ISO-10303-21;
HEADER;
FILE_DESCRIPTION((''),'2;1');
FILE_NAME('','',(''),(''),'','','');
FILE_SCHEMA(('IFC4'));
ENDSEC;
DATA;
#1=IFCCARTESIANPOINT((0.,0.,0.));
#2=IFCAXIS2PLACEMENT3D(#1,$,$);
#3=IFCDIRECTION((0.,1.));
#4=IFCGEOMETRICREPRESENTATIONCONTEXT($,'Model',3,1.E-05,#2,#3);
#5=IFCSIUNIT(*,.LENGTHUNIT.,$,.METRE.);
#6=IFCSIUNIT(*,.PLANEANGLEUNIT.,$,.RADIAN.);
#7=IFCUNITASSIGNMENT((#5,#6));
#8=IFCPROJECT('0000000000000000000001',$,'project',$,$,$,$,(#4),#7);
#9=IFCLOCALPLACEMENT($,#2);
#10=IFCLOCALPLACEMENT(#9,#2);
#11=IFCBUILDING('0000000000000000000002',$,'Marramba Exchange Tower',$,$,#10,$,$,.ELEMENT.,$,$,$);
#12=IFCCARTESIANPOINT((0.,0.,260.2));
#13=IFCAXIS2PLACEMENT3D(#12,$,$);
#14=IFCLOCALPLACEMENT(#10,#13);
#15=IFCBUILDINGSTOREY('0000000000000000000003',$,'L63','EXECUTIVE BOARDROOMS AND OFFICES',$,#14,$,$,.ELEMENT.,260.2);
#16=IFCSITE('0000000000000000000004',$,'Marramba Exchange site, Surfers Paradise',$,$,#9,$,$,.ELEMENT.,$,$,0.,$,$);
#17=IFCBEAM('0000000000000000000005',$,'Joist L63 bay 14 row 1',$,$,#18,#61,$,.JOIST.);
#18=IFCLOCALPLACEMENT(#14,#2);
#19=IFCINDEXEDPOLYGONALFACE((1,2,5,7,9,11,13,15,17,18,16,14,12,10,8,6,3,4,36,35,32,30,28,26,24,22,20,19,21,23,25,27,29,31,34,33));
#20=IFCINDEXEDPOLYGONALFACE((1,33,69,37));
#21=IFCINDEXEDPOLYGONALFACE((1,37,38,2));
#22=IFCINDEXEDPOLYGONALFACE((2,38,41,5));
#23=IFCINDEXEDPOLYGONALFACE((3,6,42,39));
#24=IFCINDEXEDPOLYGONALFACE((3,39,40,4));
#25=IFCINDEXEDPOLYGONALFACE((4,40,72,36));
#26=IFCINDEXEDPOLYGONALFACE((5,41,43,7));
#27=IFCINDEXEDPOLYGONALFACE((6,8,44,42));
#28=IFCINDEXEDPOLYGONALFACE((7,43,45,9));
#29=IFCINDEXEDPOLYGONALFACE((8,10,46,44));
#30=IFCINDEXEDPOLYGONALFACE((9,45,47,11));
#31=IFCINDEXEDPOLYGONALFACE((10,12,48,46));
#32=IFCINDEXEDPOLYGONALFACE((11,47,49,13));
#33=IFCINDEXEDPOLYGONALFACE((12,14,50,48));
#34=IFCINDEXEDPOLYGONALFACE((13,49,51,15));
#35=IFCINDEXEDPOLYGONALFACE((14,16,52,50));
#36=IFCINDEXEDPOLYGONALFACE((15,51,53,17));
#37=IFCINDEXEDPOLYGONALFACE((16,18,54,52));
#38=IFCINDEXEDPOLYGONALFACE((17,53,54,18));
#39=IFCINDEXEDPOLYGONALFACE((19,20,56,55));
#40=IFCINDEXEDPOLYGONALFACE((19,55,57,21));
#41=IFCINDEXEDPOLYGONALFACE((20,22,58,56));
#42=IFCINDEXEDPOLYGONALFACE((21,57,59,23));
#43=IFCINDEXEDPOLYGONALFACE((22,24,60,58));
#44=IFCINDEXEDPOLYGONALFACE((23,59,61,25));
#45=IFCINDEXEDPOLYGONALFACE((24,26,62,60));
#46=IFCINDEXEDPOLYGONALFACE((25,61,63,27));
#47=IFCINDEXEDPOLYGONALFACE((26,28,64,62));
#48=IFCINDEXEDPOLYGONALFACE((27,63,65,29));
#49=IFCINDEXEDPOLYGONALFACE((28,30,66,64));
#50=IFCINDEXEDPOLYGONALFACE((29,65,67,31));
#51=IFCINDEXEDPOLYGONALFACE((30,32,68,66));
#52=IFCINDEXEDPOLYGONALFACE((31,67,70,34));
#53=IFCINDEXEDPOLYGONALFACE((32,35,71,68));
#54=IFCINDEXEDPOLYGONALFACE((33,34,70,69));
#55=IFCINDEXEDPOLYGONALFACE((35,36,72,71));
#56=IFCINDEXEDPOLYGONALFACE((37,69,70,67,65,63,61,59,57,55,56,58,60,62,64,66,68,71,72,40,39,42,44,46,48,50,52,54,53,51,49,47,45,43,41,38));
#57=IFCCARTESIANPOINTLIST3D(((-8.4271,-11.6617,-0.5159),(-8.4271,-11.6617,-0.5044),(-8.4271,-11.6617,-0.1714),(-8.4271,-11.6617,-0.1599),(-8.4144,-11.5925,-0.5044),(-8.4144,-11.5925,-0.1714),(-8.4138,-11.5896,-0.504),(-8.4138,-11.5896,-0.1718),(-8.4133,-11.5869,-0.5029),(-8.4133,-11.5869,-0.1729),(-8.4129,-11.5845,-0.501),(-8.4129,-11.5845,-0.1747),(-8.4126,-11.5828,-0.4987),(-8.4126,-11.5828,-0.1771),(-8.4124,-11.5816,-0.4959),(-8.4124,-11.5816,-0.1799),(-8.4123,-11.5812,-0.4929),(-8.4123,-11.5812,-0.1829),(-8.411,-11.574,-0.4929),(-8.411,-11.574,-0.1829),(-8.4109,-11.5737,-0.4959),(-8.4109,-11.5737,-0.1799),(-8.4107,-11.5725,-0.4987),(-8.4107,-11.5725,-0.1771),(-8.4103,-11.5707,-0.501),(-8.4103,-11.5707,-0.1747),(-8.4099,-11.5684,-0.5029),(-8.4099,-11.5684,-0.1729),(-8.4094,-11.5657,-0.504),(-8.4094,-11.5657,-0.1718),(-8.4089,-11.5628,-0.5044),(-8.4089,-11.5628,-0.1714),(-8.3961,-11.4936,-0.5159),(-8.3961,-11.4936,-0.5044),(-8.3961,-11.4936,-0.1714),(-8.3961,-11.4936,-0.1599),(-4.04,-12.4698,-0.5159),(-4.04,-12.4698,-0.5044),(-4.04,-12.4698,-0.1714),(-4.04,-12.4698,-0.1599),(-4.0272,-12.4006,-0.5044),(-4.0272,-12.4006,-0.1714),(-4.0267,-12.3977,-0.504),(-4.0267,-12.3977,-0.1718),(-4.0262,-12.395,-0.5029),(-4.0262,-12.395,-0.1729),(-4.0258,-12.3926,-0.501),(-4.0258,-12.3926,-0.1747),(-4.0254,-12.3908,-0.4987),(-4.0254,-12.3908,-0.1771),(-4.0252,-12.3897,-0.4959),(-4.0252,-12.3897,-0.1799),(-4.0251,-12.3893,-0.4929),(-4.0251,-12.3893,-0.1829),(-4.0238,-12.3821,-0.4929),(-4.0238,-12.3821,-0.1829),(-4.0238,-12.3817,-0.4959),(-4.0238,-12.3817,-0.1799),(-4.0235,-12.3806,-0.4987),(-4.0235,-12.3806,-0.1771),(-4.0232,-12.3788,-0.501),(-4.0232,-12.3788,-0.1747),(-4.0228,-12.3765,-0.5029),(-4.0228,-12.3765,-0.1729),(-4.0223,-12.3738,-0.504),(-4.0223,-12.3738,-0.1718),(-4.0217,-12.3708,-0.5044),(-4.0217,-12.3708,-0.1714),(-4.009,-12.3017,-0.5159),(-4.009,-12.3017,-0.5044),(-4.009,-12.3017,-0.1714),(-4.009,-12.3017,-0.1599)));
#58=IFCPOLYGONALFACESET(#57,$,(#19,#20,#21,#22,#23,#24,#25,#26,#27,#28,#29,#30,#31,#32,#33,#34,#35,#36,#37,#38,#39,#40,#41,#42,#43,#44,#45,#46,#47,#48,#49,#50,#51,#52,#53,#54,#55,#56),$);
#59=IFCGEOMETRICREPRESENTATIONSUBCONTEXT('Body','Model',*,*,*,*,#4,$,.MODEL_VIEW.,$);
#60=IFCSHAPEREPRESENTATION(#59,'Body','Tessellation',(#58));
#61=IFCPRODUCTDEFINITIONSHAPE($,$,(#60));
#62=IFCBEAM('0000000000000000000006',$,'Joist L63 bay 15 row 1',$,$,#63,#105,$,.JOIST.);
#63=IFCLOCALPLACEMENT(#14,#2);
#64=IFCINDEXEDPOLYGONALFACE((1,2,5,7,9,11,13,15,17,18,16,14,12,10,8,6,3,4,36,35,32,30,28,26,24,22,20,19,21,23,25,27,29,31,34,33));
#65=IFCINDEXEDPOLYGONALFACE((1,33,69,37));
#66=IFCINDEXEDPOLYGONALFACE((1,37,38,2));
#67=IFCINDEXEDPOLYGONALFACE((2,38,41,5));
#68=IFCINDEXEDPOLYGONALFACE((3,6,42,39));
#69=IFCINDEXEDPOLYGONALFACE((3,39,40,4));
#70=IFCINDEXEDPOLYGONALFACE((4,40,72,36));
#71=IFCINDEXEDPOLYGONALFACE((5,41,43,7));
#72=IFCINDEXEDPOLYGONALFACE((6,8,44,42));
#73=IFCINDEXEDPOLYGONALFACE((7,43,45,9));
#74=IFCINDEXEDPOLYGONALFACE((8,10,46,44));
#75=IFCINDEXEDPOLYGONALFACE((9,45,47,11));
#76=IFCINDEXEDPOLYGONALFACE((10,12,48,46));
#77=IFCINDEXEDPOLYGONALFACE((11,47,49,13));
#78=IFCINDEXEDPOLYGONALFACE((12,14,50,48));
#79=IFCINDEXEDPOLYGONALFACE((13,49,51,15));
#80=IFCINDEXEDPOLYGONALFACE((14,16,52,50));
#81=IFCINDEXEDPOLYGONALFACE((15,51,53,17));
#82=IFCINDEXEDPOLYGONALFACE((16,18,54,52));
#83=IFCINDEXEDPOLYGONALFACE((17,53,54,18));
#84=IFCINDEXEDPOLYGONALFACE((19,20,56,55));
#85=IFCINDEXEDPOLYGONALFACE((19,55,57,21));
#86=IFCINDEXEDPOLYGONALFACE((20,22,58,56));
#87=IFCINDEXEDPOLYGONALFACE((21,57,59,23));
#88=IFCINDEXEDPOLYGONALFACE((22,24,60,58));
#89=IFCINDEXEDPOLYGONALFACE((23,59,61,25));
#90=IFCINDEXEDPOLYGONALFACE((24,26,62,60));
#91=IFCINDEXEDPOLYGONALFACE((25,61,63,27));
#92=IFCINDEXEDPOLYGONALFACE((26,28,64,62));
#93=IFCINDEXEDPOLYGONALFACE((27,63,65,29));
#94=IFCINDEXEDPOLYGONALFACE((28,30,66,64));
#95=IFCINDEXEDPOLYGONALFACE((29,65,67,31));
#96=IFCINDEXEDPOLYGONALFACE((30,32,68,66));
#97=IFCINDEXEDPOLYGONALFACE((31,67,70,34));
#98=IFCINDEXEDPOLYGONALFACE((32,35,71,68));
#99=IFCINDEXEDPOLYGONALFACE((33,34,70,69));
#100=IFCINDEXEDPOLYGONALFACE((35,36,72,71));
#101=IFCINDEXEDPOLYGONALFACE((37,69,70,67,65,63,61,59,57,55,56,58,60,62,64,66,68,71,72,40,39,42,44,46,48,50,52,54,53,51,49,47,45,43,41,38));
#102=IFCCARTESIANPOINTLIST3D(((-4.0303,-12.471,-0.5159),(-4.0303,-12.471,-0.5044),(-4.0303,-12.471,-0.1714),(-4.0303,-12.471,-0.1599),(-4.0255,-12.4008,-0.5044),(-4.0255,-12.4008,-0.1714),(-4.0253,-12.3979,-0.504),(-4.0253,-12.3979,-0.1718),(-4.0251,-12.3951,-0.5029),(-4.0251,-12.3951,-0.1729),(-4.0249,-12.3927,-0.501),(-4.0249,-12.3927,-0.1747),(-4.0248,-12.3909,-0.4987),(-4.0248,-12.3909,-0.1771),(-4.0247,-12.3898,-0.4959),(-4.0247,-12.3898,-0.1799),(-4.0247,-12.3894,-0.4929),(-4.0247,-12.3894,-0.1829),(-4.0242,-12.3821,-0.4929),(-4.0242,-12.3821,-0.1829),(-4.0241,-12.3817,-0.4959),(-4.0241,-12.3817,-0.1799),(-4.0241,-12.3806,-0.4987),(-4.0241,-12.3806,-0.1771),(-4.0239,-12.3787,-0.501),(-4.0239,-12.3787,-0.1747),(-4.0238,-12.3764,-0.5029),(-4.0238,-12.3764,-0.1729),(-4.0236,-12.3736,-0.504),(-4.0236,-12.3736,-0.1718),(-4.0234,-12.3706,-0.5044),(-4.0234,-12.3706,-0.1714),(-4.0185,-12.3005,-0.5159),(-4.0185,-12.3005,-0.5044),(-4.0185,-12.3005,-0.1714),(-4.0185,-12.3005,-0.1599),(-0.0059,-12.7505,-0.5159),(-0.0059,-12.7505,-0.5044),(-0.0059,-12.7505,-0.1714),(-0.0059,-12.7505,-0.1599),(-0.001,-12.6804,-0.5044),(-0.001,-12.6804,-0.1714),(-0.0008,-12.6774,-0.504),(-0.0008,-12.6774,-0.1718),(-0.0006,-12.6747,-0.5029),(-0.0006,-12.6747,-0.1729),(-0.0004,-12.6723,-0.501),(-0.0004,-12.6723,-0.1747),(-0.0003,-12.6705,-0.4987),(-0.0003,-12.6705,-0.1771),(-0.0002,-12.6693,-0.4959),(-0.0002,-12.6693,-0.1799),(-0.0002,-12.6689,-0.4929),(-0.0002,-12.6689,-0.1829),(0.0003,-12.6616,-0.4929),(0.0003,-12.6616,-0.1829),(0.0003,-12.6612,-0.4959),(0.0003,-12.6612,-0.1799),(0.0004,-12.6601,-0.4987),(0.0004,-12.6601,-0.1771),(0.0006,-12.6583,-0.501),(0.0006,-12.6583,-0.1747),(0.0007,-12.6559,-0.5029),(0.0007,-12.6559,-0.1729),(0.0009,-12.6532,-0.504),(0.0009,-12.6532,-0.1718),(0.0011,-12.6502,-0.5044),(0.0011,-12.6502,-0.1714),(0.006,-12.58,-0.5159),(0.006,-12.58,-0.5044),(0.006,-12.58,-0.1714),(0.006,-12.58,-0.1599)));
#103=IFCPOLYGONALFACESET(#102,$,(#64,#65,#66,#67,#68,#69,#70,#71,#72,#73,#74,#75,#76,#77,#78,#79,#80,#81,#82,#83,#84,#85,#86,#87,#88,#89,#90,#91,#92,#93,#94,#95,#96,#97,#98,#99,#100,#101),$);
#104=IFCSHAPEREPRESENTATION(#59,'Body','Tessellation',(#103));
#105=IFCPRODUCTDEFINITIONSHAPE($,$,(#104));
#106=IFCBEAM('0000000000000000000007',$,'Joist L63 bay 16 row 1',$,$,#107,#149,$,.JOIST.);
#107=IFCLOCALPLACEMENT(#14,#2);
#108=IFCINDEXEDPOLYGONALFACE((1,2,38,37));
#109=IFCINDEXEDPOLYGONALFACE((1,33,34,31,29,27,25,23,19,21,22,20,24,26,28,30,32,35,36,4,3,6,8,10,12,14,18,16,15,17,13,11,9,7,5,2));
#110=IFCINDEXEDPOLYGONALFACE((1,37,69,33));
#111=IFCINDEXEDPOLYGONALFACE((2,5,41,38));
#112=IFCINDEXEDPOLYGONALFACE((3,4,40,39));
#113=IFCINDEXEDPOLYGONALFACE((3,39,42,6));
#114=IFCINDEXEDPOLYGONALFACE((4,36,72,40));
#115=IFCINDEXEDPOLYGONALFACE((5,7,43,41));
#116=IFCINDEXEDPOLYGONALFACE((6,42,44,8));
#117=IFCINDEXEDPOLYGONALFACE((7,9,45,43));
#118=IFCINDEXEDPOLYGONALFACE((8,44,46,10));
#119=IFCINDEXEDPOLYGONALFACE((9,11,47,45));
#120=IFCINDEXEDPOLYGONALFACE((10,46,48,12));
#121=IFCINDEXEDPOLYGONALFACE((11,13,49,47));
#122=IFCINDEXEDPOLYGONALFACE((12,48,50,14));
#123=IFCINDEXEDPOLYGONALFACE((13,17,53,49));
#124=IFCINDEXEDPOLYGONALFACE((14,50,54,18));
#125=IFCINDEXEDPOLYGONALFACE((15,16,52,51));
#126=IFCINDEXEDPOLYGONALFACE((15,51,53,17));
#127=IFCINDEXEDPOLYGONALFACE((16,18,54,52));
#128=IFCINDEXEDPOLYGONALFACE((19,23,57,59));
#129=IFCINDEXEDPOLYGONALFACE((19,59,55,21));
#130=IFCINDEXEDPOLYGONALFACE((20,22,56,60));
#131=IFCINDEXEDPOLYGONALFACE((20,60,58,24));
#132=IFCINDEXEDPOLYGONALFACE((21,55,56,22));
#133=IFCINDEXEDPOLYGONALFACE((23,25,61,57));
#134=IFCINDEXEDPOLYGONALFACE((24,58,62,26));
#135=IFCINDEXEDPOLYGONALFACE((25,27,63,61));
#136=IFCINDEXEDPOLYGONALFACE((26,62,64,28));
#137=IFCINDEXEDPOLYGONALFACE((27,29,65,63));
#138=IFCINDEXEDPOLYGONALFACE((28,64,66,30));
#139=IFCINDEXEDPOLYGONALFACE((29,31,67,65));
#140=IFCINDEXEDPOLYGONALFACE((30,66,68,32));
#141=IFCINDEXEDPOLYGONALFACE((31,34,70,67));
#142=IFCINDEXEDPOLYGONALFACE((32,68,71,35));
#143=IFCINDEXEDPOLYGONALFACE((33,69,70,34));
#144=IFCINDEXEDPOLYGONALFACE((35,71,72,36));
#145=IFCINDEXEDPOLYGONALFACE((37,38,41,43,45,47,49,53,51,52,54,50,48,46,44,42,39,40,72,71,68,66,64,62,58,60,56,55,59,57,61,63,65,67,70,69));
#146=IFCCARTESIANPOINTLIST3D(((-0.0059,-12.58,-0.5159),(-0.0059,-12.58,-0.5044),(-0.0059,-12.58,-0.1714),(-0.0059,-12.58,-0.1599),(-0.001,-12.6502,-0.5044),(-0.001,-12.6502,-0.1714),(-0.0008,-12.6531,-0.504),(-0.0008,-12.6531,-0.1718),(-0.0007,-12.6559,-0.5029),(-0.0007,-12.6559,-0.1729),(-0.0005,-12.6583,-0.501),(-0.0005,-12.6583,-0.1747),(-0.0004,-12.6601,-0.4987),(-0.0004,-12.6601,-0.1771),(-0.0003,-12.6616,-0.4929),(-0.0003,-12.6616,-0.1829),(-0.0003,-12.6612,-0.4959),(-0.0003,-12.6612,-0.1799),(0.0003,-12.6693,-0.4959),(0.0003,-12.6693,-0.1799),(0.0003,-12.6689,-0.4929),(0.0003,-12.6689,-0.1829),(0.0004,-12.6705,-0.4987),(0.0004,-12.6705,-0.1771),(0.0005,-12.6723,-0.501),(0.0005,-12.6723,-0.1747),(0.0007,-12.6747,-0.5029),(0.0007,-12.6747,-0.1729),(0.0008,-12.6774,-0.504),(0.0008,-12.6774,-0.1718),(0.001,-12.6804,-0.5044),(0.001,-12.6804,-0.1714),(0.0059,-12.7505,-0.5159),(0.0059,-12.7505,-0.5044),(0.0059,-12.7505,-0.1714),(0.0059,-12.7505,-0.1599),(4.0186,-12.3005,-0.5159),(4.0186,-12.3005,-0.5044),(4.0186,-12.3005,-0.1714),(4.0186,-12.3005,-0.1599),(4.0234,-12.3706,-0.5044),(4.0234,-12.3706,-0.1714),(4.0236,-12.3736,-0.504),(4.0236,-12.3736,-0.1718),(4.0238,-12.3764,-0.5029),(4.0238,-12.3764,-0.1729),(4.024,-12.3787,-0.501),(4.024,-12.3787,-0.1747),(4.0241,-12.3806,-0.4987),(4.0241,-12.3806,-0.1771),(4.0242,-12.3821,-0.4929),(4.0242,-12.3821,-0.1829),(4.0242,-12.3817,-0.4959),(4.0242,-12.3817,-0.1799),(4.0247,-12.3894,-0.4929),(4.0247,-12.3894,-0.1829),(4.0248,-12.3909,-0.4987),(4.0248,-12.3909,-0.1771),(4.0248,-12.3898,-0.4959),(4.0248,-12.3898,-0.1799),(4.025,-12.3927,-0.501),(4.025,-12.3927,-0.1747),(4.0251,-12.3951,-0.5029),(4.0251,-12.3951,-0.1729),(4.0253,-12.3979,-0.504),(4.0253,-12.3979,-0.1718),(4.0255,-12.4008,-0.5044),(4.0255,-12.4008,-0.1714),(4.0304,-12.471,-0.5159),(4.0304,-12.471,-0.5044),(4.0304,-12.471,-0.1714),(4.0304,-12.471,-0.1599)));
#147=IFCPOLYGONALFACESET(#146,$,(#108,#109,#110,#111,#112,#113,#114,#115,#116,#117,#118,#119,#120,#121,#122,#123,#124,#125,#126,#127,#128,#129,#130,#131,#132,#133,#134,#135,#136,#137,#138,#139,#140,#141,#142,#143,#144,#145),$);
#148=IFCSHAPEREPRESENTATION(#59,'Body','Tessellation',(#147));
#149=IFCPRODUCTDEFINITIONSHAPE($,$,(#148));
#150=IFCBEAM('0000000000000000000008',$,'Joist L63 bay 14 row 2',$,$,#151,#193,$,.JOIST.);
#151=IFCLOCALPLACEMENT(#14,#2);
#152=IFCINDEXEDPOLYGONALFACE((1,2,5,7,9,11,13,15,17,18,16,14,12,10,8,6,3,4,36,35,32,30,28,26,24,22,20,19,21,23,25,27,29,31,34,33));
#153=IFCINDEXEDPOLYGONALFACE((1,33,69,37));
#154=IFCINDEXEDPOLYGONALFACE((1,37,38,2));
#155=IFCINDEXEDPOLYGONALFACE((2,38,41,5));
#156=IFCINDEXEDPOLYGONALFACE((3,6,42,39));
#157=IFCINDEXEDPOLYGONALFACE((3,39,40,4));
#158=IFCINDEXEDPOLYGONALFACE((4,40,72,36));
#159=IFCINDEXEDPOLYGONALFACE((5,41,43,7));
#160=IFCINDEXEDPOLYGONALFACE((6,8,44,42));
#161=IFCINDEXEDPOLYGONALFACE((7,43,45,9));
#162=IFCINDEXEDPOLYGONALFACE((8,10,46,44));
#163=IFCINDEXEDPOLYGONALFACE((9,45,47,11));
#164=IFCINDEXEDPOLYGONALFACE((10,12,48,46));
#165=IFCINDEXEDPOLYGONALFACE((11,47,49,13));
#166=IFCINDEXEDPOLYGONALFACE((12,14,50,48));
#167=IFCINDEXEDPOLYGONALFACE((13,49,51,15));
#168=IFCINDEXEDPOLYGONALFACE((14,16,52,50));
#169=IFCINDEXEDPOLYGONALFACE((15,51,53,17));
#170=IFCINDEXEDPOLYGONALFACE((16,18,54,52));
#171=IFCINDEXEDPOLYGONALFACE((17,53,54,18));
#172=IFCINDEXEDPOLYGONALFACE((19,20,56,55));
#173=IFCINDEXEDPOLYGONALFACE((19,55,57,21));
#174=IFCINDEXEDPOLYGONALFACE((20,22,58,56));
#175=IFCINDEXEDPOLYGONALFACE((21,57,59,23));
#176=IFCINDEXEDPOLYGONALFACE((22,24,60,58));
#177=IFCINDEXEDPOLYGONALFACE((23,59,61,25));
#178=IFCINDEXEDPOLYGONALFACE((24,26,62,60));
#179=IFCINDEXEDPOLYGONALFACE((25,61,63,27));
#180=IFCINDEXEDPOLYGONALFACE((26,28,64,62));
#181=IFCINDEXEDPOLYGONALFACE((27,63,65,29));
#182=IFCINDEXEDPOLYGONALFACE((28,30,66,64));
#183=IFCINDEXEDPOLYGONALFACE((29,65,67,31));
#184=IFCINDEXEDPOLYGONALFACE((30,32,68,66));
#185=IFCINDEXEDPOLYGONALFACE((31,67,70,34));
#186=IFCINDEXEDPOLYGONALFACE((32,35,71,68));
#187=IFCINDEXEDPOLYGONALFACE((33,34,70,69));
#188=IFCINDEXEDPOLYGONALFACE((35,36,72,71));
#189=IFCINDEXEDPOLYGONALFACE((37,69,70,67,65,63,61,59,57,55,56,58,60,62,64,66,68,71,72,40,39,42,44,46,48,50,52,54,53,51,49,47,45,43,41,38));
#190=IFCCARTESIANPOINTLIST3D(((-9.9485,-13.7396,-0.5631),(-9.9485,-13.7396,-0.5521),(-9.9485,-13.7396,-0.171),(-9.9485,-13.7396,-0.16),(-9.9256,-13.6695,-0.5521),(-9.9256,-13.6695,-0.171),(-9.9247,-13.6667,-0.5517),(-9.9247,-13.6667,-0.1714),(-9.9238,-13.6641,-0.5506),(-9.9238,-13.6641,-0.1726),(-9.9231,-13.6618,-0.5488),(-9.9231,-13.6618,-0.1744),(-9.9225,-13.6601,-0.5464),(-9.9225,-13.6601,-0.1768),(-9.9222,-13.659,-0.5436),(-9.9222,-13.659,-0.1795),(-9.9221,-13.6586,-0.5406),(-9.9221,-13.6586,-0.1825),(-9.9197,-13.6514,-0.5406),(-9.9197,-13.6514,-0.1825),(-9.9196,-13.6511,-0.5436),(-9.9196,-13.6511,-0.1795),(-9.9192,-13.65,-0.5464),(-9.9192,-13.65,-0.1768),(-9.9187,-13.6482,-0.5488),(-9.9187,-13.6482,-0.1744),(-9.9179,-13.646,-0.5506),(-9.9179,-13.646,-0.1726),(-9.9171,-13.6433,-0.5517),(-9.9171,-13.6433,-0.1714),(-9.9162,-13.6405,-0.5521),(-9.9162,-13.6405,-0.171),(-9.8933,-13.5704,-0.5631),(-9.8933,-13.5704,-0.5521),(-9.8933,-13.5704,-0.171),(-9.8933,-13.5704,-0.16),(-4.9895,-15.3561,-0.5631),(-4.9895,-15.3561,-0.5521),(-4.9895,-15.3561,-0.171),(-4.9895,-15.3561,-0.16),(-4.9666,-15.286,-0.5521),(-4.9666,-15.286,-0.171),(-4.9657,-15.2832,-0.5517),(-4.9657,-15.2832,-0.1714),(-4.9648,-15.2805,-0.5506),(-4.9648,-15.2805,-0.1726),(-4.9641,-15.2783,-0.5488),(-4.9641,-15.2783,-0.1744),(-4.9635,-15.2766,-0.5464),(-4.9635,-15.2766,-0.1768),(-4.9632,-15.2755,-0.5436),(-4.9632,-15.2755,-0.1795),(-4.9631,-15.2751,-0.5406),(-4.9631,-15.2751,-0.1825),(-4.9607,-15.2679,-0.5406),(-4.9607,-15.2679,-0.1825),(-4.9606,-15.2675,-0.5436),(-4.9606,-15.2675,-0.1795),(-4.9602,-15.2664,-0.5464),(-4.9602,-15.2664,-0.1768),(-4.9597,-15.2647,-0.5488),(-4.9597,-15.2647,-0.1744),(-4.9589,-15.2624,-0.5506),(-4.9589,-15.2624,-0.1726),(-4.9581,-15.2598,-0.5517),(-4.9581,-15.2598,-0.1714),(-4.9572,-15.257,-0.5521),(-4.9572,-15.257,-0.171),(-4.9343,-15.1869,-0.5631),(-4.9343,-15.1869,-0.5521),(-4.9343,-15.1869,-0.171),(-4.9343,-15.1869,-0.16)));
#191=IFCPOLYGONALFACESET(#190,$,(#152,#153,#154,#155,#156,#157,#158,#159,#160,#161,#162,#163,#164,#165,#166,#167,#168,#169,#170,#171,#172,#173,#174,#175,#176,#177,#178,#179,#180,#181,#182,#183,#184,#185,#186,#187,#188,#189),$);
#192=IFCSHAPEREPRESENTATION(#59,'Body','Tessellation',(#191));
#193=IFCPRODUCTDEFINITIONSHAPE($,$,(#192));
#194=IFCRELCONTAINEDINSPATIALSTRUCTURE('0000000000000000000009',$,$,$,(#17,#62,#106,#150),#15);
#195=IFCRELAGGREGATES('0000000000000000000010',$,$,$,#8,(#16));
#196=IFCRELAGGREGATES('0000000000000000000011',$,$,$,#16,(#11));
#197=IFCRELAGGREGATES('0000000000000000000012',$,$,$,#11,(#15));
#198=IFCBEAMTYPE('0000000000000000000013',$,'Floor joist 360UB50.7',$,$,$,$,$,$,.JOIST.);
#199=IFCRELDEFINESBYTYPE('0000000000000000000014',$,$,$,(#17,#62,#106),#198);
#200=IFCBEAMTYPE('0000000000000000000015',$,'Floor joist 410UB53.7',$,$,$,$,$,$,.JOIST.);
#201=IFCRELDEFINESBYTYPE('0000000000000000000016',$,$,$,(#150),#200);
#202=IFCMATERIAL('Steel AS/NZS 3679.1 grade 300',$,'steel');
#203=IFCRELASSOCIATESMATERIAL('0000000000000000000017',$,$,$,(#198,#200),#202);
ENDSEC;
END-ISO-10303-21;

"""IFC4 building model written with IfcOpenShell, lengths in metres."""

from ifc_helpers import new_model, si_unit, direction, frame, origin, origin_2d, place, context, subcontext, project, spatial, i_section, extrude, material, material_profile, profile_set, type_object, element, save


model = new_model("IFC4")

# Units and contexts
model_context = context("Model", 3, precision=1e-05, world=origin(), true_north=direction((0.0, 1.0)))
body_context = subcontext(model_context, "Body", "Model", "MODEL_VIEW")
ifc_project = project(units=[si_unit("LENGTHUNIT", "METRE"), si_unit("PLANEANGLEUNIT", "RADIAN")], contexts=[model_context])

# Site, building, storey
site_placement = place(None, origin())
site = spatial("IfcSite", under=ifc_project, at=site_placement, Name="Marramba Exchange site, Surfers Paradise", CompositionType="ELEMENT", RefElevation=0.0)
building_placement = place(site_placement, origin())
building = spatial("IfcBuilding", under=site, at=building_placement, Name="Marramba Exchange Tower", CompositionType="ELEMENT")
storey_placement = place(building_placement, frame((0.0, 0.0, 260.2)))
storey = spatial("IfcBuildingStorey", under=building, at=storey_placement, Name="L63", Description="EXECUTIVE BOARDROOMS AND OFFICES", CompositionType="ELEMENT", Elevation=260.2)

# Beams
ifc_material_1 = material(Name="Steel AS/NZS 3679.1 grade 300", Category="steel")
ifc_material_profile_1 = material_profile(ifc_material_1, i_section(OverallWidth=0.1709, OverallDepth=0.356, WebThickness=0.0073, FlangeThickness=0.0115, FilletRadius=0.0115, at=origin_2d()), Name="360UB50.7")
ifc_profile_set_1 = profile_set([ifc_material_profile_1], Name="Steel AS/NZS 3679.1 grade 300")
beam_type_1 = type_object("IfcBeamType", Name="Floor joist 360UB50.7", PredefinedType="JOIST", material=ifc_profile_set_1)
beam_1_placement = place(storey_placement, frame((-8.4116, -11.5776, -0.3379), z_axis=(0.983456, -0.181149, 0.0), x_axis=(0.181149, 0.983456, 0.0)))
element("IfcBeam", 1, at=beam_1_placement, inside=storey, type_object=beam_type_1, Name="Joist L63 bay 14 row 1", PredefinedType="JOIST", context=body_context, shape_type="SweptSolid", body=[
    extrude(i_section(OverallWidth=0.1709, OverallDepth=0.356, WebThickness=0.0073, FlangeThickness=0.0115, FilletRadius=0.0115, at=origin_2d()), origin(), (0.0, 0.0, 1.0), 4.4609),
])
for number, where, z_axis, x_axis, name in (
    (2, (-4.0244, -12.3857, -0.3379), (0.997596, -0.069294, 0.0), (0.069294, 0.997596, 0.0), "Joist L63 bay 15 row 1"),
    (3, (0.0, -12.6653, -0.3379), (0.997596, 0.069294, 0.0), (-0.069294, 0.997596, 0.0), "Joist L63 bay 16 row 1"),
):
    element("IfcBeam", number, at=place(storey_placement, frame(where, z_axis=z_axis, x_axis=x_axis)), inside=storey, type_object=beam_type_1, Name=name, PredefinedType="JOIST", context=body_context, shape_type="SweptSolid", body=[
        extrude(i_section(OverallWidth=0.1709, OverallDepth=0.356, WebThickness=0.0073, FlangeThickness=0.0115, FilletRadius=0.0115, at=origin_2d()), origin(), (0.0, 0.0, 1.0), 4.0342),
    ])
ifc_material_profile_2 = material_profile(ifc_material_1, i_section(OverallWidth=0.178, OverallDepth=0.4031, WebThickness=0.0076, FlangeThickness=0.011, FilletRadius=0.0115, at=origin_2d()), Name="410UB53.7")
ifc_profile_set_2 = profile_set([ifc_material_profile_2], Name="Steel AS/NZS 3679.1 grade 300")
beam_type_2 = type_object("IfcBeamType", Name="Floor joist 410UB53.7", PredefinedType="JOIST", material=ifc_profile_set_2)
beam_2_placement = place(storey_placement, frame((-9.9209, -13.655, -0.3616), z_axis=(0.950764, -0.309916, 0.0), x_axis=(0.309916, 0.950764, 0.0)))
element("IfcBeam", 4, at=beam_2_placement, inside=storey, type_object=beam_type_2, Name="Joist L63 bay 14 row 2", PredefinedType="JOIST", context=body_context, shape_type="SweptSolid", body=[
    extrude(i_section(OverallWidth=0.178, OverallDepth=0.4031, WebThickness=0.0076, FlangeThickness=0.011, FilletRadius=0.0115, at=origin_2d()), origin(), (0.0, 0.0, 1.0), 5.2158),
])

save(model, "model.ifc")
